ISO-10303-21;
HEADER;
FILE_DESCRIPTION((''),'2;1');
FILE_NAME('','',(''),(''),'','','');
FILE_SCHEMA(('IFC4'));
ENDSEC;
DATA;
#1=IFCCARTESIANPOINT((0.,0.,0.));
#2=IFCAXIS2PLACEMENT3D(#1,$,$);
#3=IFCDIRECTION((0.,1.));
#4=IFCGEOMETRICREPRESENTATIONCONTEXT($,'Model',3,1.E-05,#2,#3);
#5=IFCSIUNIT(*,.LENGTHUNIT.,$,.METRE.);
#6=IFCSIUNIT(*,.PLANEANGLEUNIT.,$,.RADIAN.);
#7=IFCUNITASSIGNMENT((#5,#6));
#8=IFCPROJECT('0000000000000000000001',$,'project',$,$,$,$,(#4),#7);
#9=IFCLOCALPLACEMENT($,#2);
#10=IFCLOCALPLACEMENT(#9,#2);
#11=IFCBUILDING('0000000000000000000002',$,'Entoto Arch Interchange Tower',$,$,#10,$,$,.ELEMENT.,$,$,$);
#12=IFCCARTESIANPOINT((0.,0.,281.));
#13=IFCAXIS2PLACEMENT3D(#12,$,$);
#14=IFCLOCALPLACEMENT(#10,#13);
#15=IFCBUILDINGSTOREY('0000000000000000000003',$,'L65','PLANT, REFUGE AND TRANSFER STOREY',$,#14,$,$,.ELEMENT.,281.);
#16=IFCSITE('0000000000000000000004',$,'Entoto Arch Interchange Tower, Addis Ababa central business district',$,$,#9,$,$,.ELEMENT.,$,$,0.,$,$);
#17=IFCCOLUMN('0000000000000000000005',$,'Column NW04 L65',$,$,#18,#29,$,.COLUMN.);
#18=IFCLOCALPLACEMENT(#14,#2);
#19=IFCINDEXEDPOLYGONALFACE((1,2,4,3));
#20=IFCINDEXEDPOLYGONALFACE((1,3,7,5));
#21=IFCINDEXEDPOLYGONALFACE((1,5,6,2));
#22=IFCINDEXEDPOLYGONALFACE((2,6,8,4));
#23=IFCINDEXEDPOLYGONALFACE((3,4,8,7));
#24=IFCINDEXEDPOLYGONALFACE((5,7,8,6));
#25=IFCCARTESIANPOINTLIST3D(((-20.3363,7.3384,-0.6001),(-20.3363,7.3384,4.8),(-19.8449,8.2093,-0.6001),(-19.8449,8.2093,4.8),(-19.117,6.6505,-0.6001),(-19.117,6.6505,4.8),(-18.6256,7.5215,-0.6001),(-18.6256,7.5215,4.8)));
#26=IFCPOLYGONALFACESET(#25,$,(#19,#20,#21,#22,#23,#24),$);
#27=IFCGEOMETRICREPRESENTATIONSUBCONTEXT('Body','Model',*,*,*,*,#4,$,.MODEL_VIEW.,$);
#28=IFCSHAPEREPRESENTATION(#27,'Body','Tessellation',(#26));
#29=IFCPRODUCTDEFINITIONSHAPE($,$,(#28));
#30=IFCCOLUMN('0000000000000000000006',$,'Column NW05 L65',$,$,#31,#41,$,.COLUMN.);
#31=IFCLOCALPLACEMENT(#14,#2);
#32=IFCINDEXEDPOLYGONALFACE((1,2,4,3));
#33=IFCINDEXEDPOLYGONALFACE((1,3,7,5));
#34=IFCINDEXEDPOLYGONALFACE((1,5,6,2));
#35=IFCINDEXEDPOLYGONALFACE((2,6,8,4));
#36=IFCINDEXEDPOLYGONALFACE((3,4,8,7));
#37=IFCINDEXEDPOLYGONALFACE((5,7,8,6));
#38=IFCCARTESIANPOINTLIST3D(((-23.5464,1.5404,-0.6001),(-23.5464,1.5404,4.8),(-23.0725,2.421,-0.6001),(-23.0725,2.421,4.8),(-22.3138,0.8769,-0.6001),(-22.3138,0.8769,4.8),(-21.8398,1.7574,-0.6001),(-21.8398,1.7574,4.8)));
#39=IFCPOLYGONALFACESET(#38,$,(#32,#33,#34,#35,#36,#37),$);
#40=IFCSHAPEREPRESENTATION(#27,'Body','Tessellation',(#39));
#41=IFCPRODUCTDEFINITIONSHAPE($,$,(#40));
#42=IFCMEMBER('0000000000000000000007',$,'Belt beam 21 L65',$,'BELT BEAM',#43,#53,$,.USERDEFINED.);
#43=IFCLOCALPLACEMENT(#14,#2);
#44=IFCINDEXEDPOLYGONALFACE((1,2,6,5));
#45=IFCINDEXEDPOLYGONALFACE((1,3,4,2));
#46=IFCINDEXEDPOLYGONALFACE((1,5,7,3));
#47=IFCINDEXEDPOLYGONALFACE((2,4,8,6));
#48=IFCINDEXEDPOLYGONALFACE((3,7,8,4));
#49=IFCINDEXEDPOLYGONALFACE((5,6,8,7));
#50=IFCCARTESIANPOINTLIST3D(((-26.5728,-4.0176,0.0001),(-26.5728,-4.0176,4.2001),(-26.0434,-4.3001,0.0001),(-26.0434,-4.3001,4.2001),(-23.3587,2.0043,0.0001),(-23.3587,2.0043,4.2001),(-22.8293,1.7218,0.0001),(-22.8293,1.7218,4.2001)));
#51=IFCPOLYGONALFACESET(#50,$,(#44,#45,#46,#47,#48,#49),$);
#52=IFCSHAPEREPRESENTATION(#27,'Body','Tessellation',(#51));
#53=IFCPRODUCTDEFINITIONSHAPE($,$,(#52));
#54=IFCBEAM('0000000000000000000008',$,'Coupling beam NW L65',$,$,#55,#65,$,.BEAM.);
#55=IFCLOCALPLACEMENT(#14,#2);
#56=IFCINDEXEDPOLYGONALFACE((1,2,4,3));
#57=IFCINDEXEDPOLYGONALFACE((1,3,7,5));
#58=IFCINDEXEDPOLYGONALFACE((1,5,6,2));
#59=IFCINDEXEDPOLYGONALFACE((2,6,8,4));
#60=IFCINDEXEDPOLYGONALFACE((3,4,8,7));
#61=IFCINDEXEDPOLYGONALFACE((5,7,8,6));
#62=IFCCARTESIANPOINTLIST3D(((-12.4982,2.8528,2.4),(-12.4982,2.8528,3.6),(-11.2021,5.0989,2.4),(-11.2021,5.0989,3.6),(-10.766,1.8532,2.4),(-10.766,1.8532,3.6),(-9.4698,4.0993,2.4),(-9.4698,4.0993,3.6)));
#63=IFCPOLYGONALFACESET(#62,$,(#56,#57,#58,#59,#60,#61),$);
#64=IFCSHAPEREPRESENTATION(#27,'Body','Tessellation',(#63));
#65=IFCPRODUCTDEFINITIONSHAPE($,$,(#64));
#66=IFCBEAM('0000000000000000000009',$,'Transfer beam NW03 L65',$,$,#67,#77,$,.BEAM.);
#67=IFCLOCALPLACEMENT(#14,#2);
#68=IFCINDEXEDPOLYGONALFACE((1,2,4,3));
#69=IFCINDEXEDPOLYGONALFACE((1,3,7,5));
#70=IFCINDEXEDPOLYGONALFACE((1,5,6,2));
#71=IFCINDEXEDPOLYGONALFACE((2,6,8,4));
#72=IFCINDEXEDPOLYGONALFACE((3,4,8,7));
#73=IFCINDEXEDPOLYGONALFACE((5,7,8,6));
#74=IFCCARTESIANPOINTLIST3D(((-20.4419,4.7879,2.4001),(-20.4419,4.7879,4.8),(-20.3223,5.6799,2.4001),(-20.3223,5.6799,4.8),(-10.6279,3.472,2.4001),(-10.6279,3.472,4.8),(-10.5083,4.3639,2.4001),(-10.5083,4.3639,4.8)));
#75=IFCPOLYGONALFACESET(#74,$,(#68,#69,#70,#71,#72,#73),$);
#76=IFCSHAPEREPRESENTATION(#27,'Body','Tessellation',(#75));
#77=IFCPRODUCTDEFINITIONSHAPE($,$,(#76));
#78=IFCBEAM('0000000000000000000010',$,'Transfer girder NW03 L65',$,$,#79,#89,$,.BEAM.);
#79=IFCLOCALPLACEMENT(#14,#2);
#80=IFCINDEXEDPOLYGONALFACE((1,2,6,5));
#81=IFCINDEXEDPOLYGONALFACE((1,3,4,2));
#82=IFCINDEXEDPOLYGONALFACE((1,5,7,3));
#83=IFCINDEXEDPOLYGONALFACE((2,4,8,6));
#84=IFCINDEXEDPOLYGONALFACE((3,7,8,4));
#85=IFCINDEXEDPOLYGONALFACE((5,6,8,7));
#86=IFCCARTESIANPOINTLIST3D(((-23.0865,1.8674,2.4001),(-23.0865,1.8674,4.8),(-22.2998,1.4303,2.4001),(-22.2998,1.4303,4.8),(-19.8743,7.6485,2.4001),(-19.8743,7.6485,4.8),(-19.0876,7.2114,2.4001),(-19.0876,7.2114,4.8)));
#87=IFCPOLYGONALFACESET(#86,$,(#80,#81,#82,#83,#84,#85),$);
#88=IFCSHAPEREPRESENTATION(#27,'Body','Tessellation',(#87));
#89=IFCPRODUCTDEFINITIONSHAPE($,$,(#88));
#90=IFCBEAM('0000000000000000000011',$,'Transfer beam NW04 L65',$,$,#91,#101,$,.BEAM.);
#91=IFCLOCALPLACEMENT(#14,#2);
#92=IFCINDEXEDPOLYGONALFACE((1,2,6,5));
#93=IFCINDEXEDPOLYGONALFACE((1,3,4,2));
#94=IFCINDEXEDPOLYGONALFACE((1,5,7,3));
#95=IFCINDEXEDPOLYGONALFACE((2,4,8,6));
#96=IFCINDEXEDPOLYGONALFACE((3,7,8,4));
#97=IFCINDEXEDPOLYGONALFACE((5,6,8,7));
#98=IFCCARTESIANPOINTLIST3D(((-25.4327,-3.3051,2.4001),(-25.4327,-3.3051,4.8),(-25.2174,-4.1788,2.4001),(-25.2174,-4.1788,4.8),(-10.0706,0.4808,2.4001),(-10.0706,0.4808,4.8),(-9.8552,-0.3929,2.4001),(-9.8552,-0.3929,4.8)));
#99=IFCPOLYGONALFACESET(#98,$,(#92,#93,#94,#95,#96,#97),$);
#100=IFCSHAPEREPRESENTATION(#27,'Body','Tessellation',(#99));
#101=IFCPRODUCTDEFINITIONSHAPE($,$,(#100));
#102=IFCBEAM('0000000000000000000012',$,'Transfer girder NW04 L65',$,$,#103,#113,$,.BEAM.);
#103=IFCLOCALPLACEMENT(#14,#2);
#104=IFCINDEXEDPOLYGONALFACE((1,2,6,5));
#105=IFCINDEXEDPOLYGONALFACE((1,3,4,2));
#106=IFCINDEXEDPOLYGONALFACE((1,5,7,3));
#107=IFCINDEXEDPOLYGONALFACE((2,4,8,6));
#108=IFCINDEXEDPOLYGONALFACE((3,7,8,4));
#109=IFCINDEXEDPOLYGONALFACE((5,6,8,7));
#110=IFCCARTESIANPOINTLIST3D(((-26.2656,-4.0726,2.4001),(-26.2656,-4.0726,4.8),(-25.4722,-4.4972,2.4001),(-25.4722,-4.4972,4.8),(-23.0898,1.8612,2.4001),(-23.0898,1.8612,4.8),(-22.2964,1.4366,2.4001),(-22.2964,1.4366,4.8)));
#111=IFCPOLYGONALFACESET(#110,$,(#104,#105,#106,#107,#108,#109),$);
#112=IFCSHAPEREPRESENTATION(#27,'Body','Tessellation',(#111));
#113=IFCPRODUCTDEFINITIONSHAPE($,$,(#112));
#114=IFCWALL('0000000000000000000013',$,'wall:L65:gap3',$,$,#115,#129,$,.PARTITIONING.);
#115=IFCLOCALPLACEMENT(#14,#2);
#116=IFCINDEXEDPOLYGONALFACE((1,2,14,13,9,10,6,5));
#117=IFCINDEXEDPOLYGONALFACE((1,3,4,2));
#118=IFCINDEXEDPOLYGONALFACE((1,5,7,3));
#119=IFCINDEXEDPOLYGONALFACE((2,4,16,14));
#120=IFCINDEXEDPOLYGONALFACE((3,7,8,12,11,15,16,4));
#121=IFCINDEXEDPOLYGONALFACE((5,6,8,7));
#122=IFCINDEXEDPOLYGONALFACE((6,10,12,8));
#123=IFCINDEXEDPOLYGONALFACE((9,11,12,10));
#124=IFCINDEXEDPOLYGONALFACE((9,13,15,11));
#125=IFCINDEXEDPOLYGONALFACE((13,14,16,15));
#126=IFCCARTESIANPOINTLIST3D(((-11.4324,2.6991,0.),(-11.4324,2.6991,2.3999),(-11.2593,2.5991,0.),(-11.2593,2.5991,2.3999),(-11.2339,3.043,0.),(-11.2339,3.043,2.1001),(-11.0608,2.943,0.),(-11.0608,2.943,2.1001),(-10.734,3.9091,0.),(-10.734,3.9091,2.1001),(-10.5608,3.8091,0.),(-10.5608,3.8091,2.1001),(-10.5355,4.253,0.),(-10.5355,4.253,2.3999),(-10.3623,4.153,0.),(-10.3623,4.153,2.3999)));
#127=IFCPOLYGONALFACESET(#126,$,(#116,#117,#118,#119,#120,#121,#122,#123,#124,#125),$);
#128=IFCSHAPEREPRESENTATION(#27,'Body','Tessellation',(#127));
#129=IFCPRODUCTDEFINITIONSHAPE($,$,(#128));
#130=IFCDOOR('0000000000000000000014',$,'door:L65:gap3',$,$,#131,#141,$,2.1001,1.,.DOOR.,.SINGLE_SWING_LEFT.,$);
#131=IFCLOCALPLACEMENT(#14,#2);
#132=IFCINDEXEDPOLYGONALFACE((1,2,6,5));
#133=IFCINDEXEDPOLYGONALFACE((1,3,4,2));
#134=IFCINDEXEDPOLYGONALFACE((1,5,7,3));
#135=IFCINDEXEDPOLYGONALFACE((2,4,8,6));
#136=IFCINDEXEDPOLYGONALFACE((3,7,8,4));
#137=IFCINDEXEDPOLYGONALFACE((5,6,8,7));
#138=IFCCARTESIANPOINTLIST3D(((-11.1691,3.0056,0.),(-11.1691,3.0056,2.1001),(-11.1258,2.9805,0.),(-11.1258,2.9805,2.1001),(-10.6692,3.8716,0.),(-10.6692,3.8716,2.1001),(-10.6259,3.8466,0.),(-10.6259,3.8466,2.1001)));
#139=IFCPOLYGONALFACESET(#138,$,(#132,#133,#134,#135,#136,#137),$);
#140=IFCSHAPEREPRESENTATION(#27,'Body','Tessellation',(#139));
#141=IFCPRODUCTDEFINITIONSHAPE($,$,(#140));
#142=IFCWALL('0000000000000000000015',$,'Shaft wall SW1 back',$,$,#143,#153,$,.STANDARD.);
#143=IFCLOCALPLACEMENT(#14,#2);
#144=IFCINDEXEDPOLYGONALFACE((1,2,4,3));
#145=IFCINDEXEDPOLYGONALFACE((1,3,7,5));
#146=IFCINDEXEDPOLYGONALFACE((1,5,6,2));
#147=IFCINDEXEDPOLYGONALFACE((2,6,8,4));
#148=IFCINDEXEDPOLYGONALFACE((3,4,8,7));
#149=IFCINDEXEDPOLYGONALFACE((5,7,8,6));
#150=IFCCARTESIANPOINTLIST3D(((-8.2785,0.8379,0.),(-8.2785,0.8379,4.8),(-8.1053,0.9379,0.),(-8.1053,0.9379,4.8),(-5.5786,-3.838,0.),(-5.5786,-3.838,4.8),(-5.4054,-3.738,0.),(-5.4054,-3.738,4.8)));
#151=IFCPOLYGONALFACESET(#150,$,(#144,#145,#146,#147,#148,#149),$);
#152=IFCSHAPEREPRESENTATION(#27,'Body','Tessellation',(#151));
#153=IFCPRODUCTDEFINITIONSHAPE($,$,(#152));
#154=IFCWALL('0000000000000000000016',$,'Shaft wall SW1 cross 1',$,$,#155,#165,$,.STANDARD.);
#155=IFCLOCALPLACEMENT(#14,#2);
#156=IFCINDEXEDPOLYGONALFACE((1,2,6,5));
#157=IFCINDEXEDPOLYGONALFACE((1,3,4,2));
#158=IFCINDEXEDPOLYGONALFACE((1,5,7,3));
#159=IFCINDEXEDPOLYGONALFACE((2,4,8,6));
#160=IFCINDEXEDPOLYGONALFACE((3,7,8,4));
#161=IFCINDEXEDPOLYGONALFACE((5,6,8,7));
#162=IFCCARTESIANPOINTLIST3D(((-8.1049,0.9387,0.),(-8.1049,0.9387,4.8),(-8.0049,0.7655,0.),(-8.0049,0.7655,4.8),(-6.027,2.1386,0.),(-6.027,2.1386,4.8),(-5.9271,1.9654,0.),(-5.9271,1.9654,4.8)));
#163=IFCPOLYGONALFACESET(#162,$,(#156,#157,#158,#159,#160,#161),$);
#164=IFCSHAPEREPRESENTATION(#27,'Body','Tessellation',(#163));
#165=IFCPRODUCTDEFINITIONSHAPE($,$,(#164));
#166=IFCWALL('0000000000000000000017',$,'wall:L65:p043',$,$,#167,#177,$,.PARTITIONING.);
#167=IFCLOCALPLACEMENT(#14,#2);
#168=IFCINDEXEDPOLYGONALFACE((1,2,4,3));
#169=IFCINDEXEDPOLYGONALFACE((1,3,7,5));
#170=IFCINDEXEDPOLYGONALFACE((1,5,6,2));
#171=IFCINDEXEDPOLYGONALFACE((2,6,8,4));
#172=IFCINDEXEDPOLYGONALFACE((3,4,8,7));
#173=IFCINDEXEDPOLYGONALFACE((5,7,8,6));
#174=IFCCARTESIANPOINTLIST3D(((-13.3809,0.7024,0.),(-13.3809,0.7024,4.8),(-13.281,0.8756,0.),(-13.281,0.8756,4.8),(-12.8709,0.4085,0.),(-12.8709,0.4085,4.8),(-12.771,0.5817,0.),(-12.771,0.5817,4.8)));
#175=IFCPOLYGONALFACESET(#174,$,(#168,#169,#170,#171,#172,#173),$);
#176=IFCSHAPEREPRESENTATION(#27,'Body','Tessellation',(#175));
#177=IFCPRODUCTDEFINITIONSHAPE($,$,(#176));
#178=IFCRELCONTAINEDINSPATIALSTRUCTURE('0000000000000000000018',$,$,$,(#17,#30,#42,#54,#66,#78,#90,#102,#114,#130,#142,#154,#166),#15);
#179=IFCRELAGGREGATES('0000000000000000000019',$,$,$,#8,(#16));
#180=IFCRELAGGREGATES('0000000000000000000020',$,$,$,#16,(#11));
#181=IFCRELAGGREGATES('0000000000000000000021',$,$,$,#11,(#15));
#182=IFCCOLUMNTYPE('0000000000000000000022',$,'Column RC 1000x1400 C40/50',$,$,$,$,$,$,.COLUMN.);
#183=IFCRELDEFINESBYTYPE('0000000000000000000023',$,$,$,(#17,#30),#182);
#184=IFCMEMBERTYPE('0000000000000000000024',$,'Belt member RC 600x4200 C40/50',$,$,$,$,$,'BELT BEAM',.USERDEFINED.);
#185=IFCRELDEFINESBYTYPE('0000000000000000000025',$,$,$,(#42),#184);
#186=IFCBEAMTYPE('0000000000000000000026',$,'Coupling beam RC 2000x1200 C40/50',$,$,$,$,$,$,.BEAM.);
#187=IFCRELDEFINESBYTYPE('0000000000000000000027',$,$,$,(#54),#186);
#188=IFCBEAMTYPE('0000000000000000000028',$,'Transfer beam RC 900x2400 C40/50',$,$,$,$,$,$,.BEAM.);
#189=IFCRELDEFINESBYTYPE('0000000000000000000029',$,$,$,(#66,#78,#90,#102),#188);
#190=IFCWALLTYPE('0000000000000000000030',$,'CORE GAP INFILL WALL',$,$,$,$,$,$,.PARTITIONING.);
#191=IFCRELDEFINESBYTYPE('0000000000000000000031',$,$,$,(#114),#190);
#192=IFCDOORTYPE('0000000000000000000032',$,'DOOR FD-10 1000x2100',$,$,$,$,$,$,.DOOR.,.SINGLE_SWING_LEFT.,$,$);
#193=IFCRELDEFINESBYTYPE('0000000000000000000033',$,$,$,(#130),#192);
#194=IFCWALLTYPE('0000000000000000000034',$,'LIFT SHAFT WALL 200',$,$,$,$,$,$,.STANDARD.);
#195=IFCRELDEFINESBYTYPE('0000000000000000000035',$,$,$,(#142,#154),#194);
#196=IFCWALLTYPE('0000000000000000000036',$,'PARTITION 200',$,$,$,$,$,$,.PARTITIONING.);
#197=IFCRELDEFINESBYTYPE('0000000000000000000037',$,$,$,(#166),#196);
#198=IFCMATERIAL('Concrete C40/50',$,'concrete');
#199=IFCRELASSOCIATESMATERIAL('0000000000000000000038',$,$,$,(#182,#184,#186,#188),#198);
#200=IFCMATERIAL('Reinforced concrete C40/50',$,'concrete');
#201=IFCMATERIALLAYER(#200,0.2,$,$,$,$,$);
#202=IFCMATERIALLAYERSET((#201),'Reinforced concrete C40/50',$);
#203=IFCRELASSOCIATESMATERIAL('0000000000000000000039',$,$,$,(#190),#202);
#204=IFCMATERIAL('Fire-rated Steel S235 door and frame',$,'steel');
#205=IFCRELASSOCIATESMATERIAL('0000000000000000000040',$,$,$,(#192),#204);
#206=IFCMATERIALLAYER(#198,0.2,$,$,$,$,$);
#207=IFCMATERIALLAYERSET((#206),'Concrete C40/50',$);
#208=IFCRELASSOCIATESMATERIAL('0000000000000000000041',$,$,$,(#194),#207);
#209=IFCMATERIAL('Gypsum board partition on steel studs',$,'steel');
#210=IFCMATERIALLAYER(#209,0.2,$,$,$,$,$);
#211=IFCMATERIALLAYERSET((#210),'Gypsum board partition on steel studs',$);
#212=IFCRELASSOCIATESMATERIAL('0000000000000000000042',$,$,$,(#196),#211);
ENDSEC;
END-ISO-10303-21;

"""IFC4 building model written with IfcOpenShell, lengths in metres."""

from ifc_helpers import new_model, si_unit, direction, frame, frame_2d, origin, origin_2d, place, context, subcontext, project, spatial, rectangle, extrude, material, layer, layer_set, material_profile, profile_set, type_object, element, fill, save


model = new_model("IFC4")

# Units and contexts
model_context = context("Model", 3, precision=1e-05, world=origin(), true_north=direction((0.0, 1.0)))
body_context = subcontext(model_context, "Body", "Model", "MODEL_VIEW")
ifc_project = project(units=[si_unit("LENGTHUNIT", "METRE"), si_unit("PLANEANGLEUNIT", "RADIAN")], contexts=[model_context])

# Site, building, storey
site_placement = place(None, origin())
site = spatial("IfcSite", under=ifc_project, at=site_placement, Name="Entoto Arch Interchange Tower, Addis Ababa central business district", CompositionType="ELEMENT", RefElevation=0.0)
building_placement = place(site_placement, origin())
building = spatial("IfcBuilding", under=site, at=building_placement, Name="Entoto Arch Interchange Tower", CompositionType="ELEMENT")
storey_placement = place(building_placement, frame((0.0, 0.0, 281.0)))
storey = spatial("IfcBuildingStorey", under=building, at=storey_placement, Name="L65", Description="PLANT, REFUGE AND TRANSFER STOREY", CompositionType="ELEMENT", Elevation=281.0)

# Columns
ifc_material_1 = material(Name="Concrete C40/50", Category="concrete")
ifc_material_profile_1 = material_profile(ifc_material_1, rectangle(XDim=1.0, YDim=1.3999, at=origin_2d()))
ifc_profile_set_1 = profile_set([ifc_material_profile_1], Name="Concrete C40/50")
column_type = type_object("IfcColumnType", Name="Column RC 1000x1400 C40/50", PredefinedType="COLUMN", material=ifc_profile_set_1)
for number, where, z_axis, x_axis, name in (
    (1, (-19.481, 7.4299, -0.6001), (0.0, 0.0, 1.0), (0.491375, 0.870948, 0.0), "Column NW04 L65"),
    (2, (-22.6931, 1.6489, -0.6001), (0.0, 0.0, 1.0), (0.473981, 0.880535, 0.0), "Column NW05 L65"),
):
    element("IfcColumn", number, at=place(storey_placement, frame(where, z_axis=z_axis, x_axis=x_axis)), inside=storey, type_object=column_type, Name=name, PredefinedType="COLUMN", context=body_context, shape_type="SweptSolid", body=[
        extrude(rectangle(XDim=1.0, YDim=1.3999, at=origin_2d()), origin(), (0.0, 0.0, 1.0), 5.4001),
    ])

# Member
ifc_material_profile_2 = material_profile(ifc_material_1, rectangle(XDim=0.6001, YDim=4.2, at=origin_2d()))
ifc_profile_set_2 = profile_set([ifc_material_profile_2], Name="Concrete C40/50")
member_type = type_object("IfcMemberType", Name="Belt member RC 600x4200 C40/50", ElementType="BELT BEAM", PredefinedType="USERDEFINED", material=ifc_profile_set_2)
member_placement = place(storey_placement, frame((-23.094, 1.863, 2.1001), z_axis=(-0.470861, -0.882207, 0.0), x_axis=(0.882207, -0.470861, 0.0)))
element("IfcMember", 3, at=member_placement, inside=storey, type_object=member_type, Name="Belt beam 21 L65", ObjectType="BELT BEAM", PredefinedType="USERDEFINED", context=body_context, shape_type="SweptSolid", body=[
    extrude(rectangle(XDim=0.6001, YDim=4.2, at=origin_2d()), origin(), (0.0, 0.0, 1.0), 6.8259),
])

# Beams
ifc_material_profile_3 = material_profile(ifc_material_1, rectangle(XDim=2.0, YDim=1.2, at=origin_2d()))
ifc_profile_set_3 = profile_set([ifc_material_profile_3], Name="Concrete C40/50")
beam_type_1 = type_object("IfcBeamType", Name="Coupling beam RC 2000x1200 C40/50", PredefinedType="BEAM", material=ifc_profile_set_3)
beam_1_placement = place(storey_placement, frame((-10.3359, 4.5991, 3.0), z_axis=(-0.499815, -0.866132, 0.0), x_axis=(0.866132, -0.499815, 0.0)))
element("IfcBeam", 4, at=beam_1_placement, inside=storey, type_object=beam_type_1, Name="Coupling beam NW L65", PredefinedType="BEAM", context=body_context, shape_type="SweptSolid", body=[
    extrude(rectangle(XDim=2.0, YDim=1.2, at=origin_2d()), origin(), (0.0, 0.0, 1.0), 2.5933),
])
ifc_material_profile_4 = material_profile(ifc_material_1, rectangle(XDim=0.8999, YDim=2.3999, at=origin_2d()))
ifc_profile_set_4 = profile_set([ifc_material_profile_4], Name="Concrete C40/50")
beam_type_2 = type_object("IfcBeamType", Name="Transfer beam RC 900x2400 C40/50", PredefinedType="BEAM", material=ifc_profile_set_4)
beam_2_placement = place(storey_placement, frame((-10.5681, 3.918, 3.6001), z_axis=(-0.99113, 0.132897, 0.0), x_axis=(-0.132897, -0.99113, 0.0)))
element("IfcBeam", 5, at=beam_2_placement, inside=storey, type_object=beam_type_2, Name="Transfer beam NW03 L65", PredefinedType="BEAM", context=body_context, shape_type="SweptSolid", body=[
    extrude(rectangle(XDim=0.8999, YDim=2.3999, at=origin_2d()), origin(), (0.0, 0.0, 1.0), 9.9019),
])
beam_3_placement = place(storey_placement, frame((-19.481, 7.4299, 3.6001), z_axis=(-0.485699, -0.874126, 0.0), x_axis=(0.874126, -0.485699, 0.0)))
element("IfcBeam", 6, at=beam_3_placement, inside=storey, type_object=beam_type_2, Name="Transfer girder NW03 L65", PredefinedType="BEAM", context=body_context, shape_type="SweptSolid", body=[
    extrude(rectangle(XDim=0.8999, YDim=2.3999, at=origin_2d()), origin(), (0.0, 0.0, 1.0), 6.6135),
])
beam_4_placement = place(storey_placement, frame((-9.9629, 0.0439, 3.6001), z_axis=(-0.970949, -0.239285, 0.0), x_axis=(0.239285, -0.970949, 0.0)))
element("IfcBeam", 7, at=beam_4_placement, inside=storey, type_object=beam_type_2, Name="Transfer beam NW04 L65", PredefinedType="BEAM", context=body_context, shape_type="SweptSolid", body=[
    extrude(rectangle(XDim=0.8999, YDim=2.3999, at=origin_2d()), origin(), (0.0, 0.0, 1.0), 15.8218),
])
beam_5_placement = place(storey_placement, frame((-22.6931, 1.6489, 3.6001), z_axis=(-0.471868, -0.881669, 0.0), x_axis=(0.881669, -0.471868, 0.0)))
element("IfcBeam", 8, at=beam_5_placement, inside=storey, type_object=beam_type_2, Name="Transfer girder NW04 L65", PredefinedType="BEAM", context=body_context, shape_type="SweptSolid", body=[
    extrude(rectangle(XDim=0.8999, YDim=2.3999, at=origin_2d()), origin(), (0.0, 0.0, 1.0), 6.7302),
])

# Wall, opening, door
ifc_material_2 = material(Name="Reinforced concrete C40/50", Category="concrete")
ifc_layer_1 = layer(ifc_material_2, 0.2)
ifc_layer_set_1 = layer_set([ifc_layer_1], Name="Reinforced concrete C40/50")
wall_type_1 = type_object("IfcWallType", Name="CORE GAP INFILL WALL", PredefinedType="PARTITIONING", material=ifc_layer_set_1)
wall_1_placement = place(storey_placement, frame((-10.449, 4.2029, 0.0), z_axis=(0.0, 0.0, 1.0), x_axis=(-0.499915, -0.866075, 0.0)))
wall_1 = element("IfcWall", 9, at=wall_1_placement, inside=storey, type_object=wall_type_1, Name="wall:L65:gap3", PredefinedType="PARTITIONING", context=body_context, shape_type="SweptSolid", body=[
    extrude(rectangle(XDim=1.7942, YDim=0.2, at=frame_2d((0.897, 0.0))), origin(), (0.0, 0.0, 1.0), 2.3999),
])
opening_1_placement = place(wall_1_placement, frame((0.397, 0.0, 0.0)))
opening_1 = element("IfcOpeningElement", 10, at=opening_1_placement, cuts=wall_1, PredefinedType="OPENING", context=body_context, shape_type="SweptSolid", body=[
    extrude(rectangle(XDim=1.0, YDim=2.1001, at=frame_2d((0.5, 1.05))), frame((0.0, 0.1099, 0.0), z_axis=(0.0, -1.0, 0.0), x_axis=(1.0, 0.0, 0.0)), (0.0, 0.0, 1.0), 0.22),
])
ifc_material_3 = material(Name="Fire-rated Steel S235 door and frame", Category="steel")
door_type = type_object("IfcDoorType", Name="DOOR FD-10 1000x2100", OperationType="SINGLE_SWING_LEFT", PredefinedType="DOOR", material=ifc_material_3)
door_1_placement = place(opening_1_placement, origin())
door_1 = element("IfcDoor", 11, at=door_1_placement, inside=storey, type_object=door_type, Name="door:L65:gap3", OperationType="SINGLE_SWING_LEFT", OverallHeight=2.1001, OverallWidth=1.0, PredefinedType="DOOR", context=body_context, shape_type="SweptSolid", body=[
    extrude(rectangle(XDim=1.0, YDim=2.1001, at=frame_2d((0.5, 1.05))), frame((0.0, 0.0249, 0.0), z_axis=(0.0, -1.0, 0.0), x_axis=(1.0, 0.0, 0.0)), (0.0, 0.0, 1.0), 0.05),
])
fill(opening_1, door_1)

# Walls
ifc_layer_2 = layer(ifc_material_1, 0.2)
ifc_layer_set_2 = layer_set([ifc_layer_2], Name="Concrete C40/50")
wall_type_2 = type_object("IfcWallType", Name="LIFT SHAFT WALL 200", PredefinedType="STANDARD", material=ifc_layer_set_2)
wall_2_placement = place(storey_placement, frame((-8.1919, 0.8879, 0.0), z_axis=(0.0, 0.0, 1.0), x_axis=(0.500034, -0.866006, 0.0)))
element("IfcWall", 12, at=wall_2_placement, inside=storey, type_object=wall_type_2, Name="Shaft wall SW1 back", PredefinedType="STANDARD", context=body_context, shape_type="SweptSolid", body=[
    extrude(rectangle(XDim=5.3994, YDim=0.2, at=frame_2d((2.6997, 0.0))), origin(), (0.0, 0.0, 1.0), 4.8),
])
wall_3_placement = place(storey_placement, frame((-5.9771, 2.052, 0.0), z_axis=(0.0, 0.0, 1.0), x_axis=(-0.865974, -0.500089, 0.0)))
element("IfcWall", 13, at=wall_3_placement, inside=storey, type_object=wall_type_2, Name="Shaft wall SW1 cross 1", PredefinedType="STANDARD", context=body_context, shape_type="SweptSolid", body=[
    extrude(rectangle(XDim=2.3994, YDim=0.2, at=frame_2d((1.1997, 0.0))), origin(), (0.0, 0.0, 1.0), 4.8),
])
ifc_material_4 = material(Name="Gypsum board partition on steel studs", Category="steel")
ifc_layer_3 = layer(ifc_material_4, 0.2)
ifc_layer_set_3 = layer_set([ifc_layer_3], Name="Gypsum board partition on steel studs")
wall_type_3 = type_object("IfcWallType", Name="PARTITION 200", PredefinedType="PARTITIONING", material=ifc_layer_set_3)
wall_4_placement = place(storey_placement, frame((-13.3311, 0.7891, 0.0), z_axis=(0.0, 0.0, 1.0), x_axis=(0.8664, -0.499351, 0.0)))
element("IfcWall", 14, at=wall_4_placement, inside=storey, type_object=wall_type_3, Name="wall:L65:p043", PredefinedType="PARTITIONING", context=body_context, shape_type="SweptSolid", body=[
    extrude(rectangle(XDim=0.5886, YDim=0.2, at=frame_2d((0.2944, 0.0))), origin(), (0.0, 0.0, 1.0), 4.8),
])

save(model, "model.ifc")
